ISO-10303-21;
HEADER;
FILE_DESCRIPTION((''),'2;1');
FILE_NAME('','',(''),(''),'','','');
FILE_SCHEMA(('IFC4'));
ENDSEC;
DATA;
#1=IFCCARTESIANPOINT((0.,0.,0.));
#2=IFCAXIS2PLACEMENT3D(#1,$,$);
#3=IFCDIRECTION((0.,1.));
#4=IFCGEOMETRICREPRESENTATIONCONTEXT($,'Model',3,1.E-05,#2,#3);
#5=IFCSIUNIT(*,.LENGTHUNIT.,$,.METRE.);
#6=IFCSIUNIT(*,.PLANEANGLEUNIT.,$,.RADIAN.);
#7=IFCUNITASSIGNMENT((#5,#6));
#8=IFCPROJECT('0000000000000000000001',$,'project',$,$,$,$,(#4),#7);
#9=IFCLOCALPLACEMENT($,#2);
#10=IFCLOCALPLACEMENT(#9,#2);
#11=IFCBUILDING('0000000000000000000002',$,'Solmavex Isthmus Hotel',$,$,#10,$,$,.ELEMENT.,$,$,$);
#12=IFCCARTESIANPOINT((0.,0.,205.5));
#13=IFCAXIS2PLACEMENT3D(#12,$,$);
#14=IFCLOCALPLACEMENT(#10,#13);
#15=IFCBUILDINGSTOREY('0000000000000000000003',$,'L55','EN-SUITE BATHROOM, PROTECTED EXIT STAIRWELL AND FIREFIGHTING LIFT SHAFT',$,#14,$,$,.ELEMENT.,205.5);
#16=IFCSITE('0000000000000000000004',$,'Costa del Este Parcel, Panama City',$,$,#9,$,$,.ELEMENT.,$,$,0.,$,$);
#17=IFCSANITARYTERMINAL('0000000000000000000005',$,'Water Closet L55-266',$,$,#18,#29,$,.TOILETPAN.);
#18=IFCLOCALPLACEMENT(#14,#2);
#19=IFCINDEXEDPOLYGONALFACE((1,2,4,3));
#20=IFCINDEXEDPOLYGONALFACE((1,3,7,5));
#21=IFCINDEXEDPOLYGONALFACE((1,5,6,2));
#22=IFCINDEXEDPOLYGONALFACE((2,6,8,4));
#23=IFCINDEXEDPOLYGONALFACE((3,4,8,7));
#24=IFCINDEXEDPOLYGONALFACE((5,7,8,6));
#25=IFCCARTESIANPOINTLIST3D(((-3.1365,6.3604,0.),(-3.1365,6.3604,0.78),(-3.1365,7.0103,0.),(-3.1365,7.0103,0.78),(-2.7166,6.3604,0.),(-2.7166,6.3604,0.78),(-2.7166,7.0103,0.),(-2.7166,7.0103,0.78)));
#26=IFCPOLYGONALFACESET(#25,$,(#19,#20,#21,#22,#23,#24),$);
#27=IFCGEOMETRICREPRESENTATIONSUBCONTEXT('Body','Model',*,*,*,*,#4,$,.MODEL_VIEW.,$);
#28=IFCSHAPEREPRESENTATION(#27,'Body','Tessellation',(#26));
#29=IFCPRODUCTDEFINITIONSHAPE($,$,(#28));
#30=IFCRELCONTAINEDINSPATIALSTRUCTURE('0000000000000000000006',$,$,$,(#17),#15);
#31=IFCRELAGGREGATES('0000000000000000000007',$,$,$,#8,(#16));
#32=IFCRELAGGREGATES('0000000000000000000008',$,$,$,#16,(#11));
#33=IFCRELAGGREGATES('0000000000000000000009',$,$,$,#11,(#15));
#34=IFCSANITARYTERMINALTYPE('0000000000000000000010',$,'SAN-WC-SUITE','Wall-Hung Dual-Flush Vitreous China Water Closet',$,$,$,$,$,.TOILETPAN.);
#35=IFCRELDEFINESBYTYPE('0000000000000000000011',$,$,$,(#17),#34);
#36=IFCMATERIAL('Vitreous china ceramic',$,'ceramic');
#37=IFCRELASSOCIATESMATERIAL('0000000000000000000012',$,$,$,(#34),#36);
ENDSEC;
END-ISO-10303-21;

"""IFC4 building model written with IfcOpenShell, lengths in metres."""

from ifc_helpers import new_model, si_unit, direction, frame, origin, origin_2d, place, context, subcontext, project, spatial, rectangle, extrude, material, type_object, element, save


model = new_model("IFC4")

# Units and contexts
model_context = context("Model", 3, precision=1e-05, world=origin(), true_north=direction((0.0, 1.0)))
body_context = subcontext(model_context, "Body", "Model", "MODEL_VIEW")
ifc_project = project(units=[si_unit("LENGTHUNIT", "METRE"), si_unit("PLANEANGLEUNIT", "RADIAN")], contexts=[model_context])

# Site, building, storey
site_placement = place(None, origin())
site = spatial("IfcSite", under=ifc_project, at=site_placement, Name="Costa del Este Parcel, Panama City", CompositionType="ELEMENT", RefElevation=0.0)
building_placement = place(site_placement, origin())
building = spatial("IfcBuilding", under=site, at=building_placement, Name="Solmavex Isthmus Hotel", CompositionType="ELEMENT")
storey_placement = place(building_placement, frame((0.0, 0.0, 205.5)))
storey = spatial("IfcBuildingStorey", under=building, at=storey_placement, Name="L55", Description="EN-SUITE BATHROOM, PROTECTED EXIT STAIRWELL AND FIREFIGHTING LIFT SHAFT", CompositionType="ELEMENT", Elevation=205.5)

# Sanitary terminal
ifc_material_1 = material(Name="Vitreous china ceramic", Category="ceramic")
sanitary_terminal_type_1 = type_object("IfcSanitaryTerminalType", Name="SAN-WC-SUITE", Description="Wall-Hung Dual-Flush Vitreous China Water Closet", PredefinedType="TOILETPAN", material=ifc_material_1)
sanitary_terminal_1_placement = place(storey_placement, frame((-2.9265, 6.6853, 0.0), z_axis=(0.0, 0.0, 1.0), x_axis=(1.0, 0.0, 0.0)))
element("IfcSanitaryTerminal", 1, at=sanitary_terminal_1_placement, inside=storey, type_object=sanitary_terminal_type_1, Name="Water Closet L55-266", PredefinedType="TOILETPAN", context=body_context, shape_type="SweptSolid", body=[
    extrude(rectangle(XDim=0.4199, YDim=0.6499, at=origin_2d()), origin(), (0.0, 0.0, 1.0), 0.78),
])

save(model, "model.ifc")
